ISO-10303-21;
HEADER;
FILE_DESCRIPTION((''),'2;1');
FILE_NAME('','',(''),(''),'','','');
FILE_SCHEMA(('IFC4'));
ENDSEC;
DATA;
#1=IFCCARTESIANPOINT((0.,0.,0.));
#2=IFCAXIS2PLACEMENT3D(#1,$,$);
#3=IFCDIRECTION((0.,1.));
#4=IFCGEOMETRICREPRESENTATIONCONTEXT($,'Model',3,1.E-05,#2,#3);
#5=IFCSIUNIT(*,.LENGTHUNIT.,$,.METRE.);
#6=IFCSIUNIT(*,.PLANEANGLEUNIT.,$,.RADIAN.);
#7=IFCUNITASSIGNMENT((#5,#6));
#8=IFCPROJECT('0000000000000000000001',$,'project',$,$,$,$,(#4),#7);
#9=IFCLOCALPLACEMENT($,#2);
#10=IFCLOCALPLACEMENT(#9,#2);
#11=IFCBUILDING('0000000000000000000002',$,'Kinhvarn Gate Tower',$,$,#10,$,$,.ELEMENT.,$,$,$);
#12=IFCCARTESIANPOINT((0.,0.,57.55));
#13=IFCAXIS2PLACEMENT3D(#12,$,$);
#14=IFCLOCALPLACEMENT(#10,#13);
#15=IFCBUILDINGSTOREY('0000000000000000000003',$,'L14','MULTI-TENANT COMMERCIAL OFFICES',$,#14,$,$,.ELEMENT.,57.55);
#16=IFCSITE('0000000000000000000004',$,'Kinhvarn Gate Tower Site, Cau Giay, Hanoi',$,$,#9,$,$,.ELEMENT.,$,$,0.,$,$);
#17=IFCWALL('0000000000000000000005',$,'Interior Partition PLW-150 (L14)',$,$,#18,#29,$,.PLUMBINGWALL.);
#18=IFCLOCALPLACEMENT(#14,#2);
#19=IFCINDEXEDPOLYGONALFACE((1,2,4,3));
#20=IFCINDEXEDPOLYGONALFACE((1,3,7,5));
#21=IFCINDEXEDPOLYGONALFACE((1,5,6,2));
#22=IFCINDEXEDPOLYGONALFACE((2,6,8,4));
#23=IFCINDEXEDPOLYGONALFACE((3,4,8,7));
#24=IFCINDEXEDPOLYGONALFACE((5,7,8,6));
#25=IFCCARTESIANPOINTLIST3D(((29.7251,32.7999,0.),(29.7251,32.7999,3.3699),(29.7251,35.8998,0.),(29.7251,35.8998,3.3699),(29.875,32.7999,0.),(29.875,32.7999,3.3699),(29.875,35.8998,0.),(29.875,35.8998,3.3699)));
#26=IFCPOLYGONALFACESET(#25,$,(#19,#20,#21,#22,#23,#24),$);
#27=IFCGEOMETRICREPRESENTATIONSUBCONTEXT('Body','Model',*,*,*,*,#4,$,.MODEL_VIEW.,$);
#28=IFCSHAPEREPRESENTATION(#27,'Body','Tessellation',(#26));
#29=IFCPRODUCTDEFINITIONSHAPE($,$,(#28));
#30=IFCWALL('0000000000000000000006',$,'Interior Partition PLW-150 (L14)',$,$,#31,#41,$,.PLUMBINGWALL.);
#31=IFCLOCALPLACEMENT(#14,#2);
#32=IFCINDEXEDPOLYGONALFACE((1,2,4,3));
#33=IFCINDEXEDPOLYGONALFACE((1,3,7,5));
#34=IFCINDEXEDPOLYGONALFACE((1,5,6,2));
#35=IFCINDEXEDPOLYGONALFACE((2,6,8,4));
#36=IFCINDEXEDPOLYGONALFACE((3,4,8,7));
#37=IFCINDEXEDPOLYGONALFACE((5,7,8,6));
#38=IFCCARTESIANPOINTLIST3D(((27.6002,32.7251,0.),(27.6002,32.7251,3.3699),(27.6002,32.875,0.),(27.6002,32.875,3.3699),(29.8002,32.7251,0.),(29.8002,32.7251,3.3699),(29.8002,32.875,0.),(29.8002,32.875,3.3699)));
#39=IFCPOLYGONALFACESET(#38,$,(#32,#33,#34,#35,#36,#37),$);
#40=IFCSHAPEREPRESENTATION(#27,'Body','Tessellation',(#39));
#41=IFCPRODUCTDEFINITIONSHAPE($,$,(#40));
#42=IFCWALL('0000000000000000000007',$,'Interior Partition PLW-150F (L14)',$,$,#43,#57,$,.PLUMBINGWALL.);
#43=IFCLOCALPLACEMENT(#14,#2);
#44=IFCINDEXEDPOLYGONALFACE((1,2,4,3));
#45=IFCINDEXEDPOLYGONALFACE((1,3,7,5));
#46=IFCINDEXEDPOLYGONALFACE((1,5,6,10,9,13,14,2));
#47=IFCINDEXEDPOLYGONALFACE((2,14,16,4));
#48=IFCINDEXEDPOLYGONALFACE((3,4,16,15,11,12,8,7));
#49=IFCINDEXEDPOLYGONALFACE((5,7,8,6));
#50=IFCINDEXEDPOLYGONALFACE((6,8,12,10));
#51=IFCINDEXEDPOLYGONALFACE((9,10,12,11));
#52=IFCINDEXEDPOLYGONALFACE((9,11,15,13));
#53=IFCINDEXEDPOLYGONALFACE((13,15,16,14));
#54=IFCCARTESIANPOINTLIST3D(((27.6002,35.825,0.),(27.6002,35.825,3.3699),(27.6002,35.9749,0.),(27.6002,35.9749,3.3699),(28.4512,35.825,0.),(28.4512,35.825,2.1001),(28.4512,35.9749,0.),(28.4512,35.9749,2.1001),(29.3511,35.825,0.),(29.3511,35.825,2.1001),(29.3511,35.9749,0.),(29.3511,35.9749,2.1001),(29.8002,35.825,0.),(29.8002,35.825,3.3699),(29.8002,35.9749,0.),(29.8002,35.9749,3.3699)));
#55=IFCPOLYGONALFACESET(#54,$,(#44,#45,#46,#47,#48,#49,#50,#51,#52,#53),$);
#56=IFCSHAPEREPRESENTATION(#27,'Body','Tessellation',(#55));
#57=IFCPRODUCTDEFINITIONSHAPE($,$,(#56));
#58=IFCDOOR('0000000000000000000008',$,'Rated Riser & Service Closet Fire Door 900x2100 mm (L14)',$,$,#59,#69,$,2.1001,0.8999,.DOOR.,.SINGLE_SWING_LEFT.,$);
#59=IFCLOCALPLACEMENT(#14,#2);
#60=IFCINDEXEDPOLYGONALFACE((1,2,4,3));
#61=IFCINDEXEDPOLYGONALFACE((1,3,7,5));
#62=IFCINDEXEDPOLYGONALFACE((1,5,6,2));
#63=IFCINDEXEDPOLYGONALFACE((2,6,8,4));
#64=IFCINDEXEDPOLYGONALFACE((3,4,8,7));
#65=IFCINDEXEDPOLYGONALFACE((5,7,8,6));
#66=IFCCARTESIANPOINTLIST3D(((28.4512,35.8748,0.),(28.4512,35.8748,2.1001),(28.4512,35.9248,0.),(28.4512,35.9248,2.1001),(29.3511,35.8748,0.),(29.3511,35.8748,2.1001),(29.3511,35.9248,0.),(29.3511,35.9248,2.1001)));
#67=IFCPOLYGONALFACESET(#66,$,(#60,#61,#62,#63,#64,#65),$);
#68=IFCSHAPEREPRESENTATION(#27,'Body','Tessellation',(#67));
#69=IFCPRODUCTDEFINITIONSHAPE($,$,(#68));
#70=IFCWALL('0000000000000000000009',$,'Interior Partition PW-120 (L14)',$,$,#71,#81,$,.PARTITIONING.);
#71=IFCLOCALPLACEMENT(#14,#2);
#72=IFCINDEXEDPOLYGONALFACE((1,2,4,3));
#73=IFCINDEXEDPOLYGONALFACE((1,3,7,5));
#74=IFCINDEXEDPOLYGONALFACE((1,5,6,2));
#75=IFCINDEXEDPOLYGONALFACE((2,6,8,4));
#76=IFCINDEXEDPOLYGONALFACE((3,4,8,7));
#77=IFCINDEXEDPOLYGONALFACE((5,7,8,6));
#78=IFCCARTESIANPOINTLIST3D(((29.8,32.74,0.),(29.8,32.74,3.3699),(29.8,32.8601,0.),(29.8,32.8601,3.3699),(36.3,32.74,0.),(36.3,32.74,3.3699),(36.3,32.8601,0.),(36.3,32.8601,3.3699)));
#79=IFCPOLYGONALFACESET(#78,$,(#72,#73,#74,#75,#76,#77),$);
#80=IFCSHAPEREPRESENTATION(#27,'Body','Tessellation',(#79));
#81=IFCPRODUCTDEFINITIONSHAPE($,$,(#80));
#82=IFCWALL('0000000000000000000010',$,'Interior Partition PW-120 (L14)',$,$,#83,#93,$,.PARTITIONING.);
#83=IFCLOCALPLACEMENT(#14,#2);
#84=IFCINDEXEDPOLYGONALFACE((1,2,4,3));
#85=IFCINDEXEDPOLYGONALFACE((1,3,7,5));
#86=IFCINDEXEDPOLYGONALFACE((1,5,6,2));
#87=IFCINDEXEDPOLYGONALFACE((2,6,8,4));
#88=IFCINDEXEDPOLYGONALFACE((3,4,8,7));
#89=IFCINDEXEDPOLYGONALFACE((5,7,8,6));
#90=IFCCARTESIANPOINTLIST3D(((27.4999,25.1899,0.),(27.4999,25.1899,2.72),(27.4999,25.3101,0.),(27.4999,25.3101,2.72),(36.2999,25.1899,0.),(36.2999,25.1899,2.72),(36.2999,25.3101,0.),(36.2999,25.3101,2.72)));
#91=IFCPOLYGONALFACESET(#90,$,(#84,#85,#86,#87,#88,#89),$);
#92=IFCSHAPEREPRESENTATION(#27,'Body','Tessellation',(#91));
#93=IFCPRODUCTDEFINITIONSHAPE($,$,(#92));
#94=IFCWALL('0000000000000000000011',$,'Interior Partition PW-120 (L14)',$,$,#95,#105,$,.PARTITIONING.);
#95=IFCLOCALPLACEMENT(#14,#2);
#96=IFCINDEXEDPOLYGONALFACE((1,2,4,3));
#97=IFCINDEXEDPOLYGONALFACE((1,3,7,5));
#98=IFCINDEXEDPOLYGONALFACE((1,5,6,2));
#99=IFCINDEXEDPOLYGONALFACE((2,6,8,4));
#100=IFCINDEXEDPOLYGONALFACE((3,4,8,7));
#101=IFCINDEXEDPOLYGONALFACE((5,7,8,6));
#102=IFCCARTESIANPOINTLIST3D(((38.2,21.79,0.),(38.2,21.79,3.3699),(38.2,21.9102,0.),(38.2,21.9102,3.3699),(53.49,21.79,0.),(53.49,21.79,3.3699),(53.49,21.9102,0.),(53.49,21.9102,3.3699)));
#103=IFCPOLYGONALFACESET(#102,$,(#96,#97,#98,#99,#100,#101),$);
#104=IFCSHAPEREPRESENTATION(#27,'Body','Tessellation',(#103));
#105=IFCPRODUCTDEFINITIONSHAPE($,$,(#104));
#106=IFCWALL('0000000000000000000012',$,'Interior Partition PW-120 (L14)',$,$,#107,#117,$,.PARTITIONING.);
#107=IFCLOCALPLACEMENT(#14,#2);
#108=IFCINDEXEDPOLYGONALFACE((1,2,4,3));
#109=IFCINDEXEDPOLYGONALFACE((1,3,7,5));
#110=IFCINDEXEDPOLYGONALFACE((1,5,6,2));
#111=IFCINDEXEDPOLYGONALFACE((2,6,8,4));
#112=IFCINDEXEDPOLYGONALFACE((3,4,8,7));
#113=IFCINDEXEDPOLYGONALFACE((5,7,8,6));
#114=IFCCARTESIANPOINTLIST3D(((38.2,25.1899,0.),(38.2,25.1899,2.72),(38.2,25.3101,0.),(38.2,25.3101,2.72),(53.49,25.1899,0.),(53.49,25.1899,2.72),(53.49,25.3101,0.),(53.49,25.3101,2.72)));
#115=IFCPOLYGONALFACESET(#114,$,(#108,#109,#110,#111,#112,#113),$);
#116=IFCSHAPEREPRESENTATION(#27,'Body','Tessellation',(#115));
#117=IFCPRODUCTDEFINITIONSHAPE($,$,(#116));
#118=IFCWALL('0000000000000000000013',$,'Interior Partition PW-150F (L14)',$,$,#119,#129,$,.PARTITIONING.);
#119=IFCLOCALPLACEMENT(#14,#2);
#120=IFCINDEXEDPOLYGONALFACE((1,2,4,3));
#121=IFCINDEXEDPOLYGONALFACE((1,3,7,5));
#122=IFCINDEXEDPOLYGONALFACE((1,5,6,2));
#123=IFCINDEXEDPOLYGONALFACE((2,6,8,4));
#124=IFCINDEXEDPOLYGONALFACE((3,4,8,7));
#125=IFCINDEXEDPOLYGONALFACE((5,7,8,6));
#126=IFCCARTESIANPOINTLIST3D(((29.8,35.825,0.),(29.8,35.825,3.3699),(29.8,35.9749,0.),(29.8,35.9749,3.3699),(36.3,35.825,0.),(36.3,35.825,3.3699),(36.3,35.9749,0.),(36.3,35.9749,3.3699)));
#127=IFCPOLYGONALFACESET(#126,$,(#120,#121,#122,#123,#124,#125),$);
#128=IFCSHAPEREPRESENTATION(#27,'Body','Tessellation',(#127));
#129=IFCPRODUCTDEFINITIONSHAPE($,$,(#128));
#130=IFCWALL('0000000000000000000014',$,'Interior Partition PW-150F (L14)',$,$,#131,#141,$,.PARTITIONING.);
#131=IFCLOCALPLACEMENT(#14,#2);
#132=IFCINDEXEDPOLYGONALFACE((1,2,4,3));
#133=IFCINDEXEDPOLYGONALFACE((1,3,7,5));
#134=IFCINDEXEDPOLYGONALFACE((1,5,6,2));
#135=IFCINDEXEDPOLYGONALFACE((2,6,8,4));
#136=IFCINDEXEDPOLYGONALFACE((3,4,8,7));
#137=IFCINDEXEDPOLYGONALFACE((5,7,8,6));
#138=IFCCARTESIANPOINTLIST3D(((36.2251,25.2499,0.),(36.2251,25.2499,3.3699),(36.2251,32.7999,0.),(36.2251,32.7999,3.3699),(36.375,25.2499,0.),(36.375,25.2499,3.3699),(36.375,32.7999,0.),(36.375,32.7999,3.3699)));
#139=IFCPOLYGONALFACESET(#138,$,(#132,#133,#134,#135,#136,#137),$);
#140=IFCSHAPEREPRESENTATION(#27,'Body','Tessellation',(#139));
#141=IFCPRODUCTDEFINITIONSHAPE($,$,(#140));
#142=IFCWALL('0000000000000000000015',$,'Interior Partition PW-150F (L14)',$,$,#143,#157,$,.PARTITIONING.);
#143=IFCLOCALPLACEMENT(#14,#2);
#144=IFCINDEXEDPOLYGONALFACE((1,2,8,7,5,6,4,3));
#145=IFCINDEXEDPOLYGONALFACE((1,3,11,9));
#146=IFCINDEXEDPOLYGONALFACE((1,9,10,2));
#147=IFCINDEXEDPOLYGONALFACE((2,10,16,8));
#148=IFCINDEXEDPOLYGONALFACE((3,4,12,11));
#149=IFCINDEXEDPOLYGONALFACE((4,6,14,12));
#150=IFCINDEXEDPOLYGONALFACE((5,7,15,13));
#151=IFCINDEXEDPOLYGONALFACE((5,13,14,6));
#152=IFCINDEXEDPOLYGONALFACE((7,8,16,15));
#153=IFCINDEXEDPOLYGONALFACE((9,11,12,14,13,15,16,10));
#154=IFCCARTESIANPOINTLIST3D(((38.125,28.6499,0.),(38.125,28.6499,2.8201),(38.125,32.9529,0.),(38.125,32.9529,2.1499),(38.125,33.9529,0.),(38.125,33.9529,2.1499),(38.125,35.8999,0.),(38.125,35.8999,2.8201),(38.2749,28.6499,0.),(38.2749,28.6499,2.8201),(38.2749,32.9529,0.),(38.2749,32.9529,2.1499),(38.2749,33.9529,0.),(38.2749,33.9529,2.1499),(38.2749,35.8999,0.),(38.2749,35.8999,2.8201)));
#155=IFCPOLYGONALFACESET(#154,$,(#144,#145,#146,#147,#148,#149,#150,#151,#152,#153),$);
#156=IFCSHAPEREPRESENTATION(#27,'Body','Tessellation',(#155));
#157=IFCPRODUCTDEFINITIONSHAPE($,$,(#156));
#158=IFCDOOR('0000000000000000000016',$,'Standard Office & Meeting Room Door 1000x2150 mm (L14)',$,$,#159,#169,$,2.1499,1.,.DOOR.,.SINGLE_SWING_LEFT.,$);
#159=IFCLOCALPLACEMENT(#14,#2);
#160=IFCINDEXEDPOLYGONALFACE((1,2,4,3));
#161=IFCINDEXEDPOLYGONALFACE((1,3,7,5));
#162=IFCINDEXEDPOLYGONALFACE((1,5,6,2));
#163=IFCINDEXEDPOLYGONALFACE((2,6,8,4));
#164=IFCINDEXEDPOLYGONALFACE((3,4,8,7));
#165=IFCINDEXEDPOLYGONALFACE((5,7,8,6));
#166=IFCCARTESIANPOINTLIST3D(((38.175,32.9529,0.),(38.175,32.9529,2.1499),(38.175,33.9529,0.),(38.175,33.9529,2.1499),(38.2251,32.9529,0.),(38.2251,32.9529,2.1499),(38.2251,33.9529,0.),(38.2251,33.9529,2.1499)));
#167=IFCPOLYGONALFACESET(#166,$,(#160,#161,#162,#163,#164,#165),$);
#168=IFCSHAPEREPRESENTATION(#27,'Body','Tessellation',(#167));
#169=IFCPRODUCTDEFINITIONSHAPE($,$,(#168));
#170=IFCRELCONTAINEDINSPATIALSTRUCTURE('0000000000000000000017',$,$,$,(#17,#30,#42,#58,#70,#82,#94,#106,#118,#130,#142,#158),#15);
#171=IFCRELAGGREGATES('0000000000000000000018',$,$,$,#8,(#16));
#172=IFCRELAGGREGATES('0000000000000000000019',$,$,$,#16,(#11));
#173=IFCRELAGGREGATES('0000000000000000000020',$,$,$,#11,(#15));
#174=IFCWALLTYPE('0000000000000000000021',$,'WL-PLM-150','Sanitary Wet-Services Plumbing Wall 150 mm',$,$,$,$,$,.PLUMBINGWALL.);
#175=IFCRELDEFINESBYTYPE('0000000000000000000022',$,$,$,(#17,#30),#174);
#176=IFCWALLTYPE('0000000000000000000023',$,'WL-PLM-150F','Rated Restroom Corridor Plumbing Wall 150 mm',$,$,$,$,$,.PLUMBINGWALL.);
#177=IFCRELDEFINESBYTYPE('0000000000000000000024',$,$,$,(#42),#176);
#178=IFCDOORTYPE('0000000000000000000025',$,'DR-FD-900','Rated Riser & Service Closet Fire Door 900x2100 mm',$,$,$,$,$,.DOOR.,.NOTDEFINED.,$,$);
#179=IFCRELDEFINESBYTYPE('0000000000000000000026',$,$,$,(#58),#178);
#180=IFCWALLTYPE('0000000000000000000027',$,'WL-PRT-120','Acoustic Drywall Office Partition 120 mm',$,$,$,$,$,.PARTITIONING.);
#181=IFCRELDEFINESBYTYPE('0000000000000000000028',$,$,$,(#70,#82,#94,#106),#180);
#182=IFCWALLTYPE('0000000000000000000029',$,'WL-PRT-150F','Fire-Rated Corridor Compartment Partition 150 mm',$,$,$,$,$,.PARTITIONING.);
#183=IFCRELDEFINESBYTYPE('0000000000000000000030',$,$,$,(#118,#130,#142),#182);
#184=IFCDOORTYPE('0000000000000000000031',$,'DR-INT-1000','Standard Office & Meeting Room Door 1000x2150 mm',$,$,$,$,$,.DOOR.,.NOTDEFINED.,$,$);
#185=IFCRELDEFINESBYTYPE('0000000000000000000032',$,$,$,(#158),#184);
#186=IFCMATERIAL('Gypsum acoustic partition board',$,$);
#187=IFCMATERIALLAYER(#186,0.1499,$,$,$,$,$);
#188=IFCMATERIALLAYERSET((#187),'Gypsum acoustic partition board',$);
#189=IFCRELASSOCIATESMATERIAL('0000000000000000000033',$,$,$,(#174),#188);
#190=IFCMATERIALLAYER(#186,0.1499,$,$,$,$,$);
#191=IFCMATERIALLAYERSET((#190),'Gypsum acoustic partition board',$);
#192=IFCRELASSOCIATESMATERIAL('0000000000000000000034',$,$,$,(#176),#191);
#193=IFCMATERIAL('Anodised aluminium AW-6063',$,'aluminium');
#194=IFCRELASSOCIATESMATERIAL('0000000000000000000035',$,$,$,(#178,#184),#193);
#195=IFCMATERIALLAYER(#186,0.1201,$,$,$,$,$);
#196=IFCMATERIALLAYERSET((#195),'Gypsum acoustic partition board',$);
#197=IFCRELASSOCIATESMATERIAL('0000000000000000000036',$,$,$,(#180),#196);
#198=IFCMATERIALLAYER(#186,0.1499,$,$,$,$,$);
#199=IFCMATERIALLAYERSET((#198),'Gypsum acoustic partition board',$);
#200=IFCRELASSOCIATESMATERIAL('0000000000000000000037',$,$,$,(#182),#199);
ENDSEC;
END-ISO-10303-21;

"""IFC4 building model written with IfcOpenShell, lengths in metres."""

from ifc_helpers import new_model, si_unit, direction, frame, frame_2d, origin, place, context, subcontext, project, spatial, rectangle, extrude, material, layer, layer_set, type_object, element, fill, save


model = new_model("IFC4")

# Units and contexts
model_context = context("Model", 3, precision=1e-05, world=origin(), true_north=direction((0.0, 1.0)))
body_context = subcontext(model_context, "Body", "Model", "MODEL_VIEW")
ifc_project = project(units=[si_unit("LENGTHUNIT", "METRE"), si_unit("PLANEANGLEUNIT", "RADIAN")], contexts=[model_context])

# Site, building, storey
site_placement = place(None, origin())
site = spatial("IfcSite", under=ifc_project, at=site_placement, Name="Kinhvarn Gate Tower Site, Cau Giay, Hanoi", CompositionType="ELEMENT", RefElevation=0.0)
building_placement = place(site_placement, origin())
building = spatial("IfcBuilding", under=site, at=building_placement, Name="Kinhvarn Gate Tower", CompositionType="ELEMENT")
storey_placement = place(building_placement, frame((0.0, 0.0, 57.55)))
storey = spatial("IfcBuildingStorey", under=building, at=storey_placement, Name="L14", Description="MULTI-TENANT COMMERCIAL OFFICES", CompositionType="ELEMENT", Elevation=57.55)

# Walls
ifc_material_1 = material(Name="Gypsum acoustic partition board")
ifc_layer_1 = layer(ifc_material_1, 0.1499)
ifc_layer_set_1 = layer_set([ifc_layer_1], Name="Gypsum acoustic partition board")
wall_type_1 = type_object("IfcWallType", Name="WL-PLM-150", Description="Sanitary Wet-Services Plumbing Wall 150 mm", PredefinedType="PLUMBINGWALL", material=ifc_layer_set_1)
for number, where, z_axis, x_axis, name in (
    (1, (29.8, 32.8, 0.0), (0.0, 0.0, 1.0), (0.0, 1.0, 0.0), "Interior Partition PLW-150 (L14)"),
):
    element("IfcWall", number, at=place(storey_placement, frame(where, z_axis=z_axis, x_axis=x_axis)), inside=storey, type_object=wall_type_1, Name=name, PredefinedType="PLUMBINGWALL", context=body_context, shape_type="SweptSolid", body=[
        extrude(rectangle(XDim=3.0999, YDim=0.1499, at=frame_2d((1.5498, 0.0))), origin(), (0.0, 0.0, 1.0), 3.3699),
    ])
wall_1_placement = place(storey_placement, frame((27.6001, 32.8, 0.0), z_axis=(0.0, 0.0, 1.0), x_axis=(1.0, 0.0, 0.0)))
element("IfcWall", 2, at=wall_1_placement, inside=storey, type_object=wall_type_1, Name="Interior Partition PLW-150 (L14)", PredefinedType="PLUMBINGWALL", context=body_context, shape_type="SweptSolid", body=[
    extrude(rectangle(XDim=2.2, YDim=0.1499, at=frame_2d((1.1001, 0.0))), origin(), (0.0, 0.0, 1.0), 3.3699),
])

# Wall, opening, door
ifc_layer_2 = layer(ifc_material_1, 0.1499)
ifc_layer_set_2 = layer_set([ifc_layer_2], Name="Gypsum acoustic partition board")
wall_type_2 = type_object("IfcWallType", Name="WL-PLM-150F", Description="Rated Restroom Corridor Plumbing Wall 150 mm", PredefinedType="PLUMBINGWALL", material=ifc_layer_set_2)
wall_2_placement = place(storey_placement, frame((27.6001, 35.8999, 0.0), z_axis=(0.0, 0.0, 1.0), x_axis=(1.0, 0.0, 0.0)))
wall_2 = element("IfcWall", 3, at=wall_2_placement, inside=storey, type_object=wall_type_2, Name="Interior Partition PLW-150F (L14)", PredefinedType="PLUMBINGWALL", context=body_context, shape_type="SweptSolid", body=[
    extrude(rectangle(XDim=2.2, YDim=0.1499, at=frame_2d((1.1001, 0.0))), origin(), (0.0, 0.0, 1.0), 3.3699),
])
opening_1_placement = place(wall_2_placement, frame((0.8511, 0.0, 0.0)))
opening_1 = element("IfcOpeningElement", 4, at=opening_1_placement, cuts=wall_2, PredefinedType="OPENING", context=body_context, shape_type="SweptSolid", body=[
    extrude(rectangle(XDim=0.8999, YDim=2.1001, at=frame_2d((0.45, 1.05))), frame((0.0, 0.085, 0.0), z_axis=(0.0, -1.0, 0.0), x_axis=(1.0, 0.0, 0.0)), (0.0, 0.0, 1.0), 0.1699),
])
ifc_material_2 = material(Name="Anodised aluminium AW-6063", Category="aluminium")
door_type_1 = type_object("IfcDoorType", Name="DR-FD-900", Description="Rated Riser & Service Closet Fire Door 900x2100 mm", OperationType="NOTDEFINED", PredefinedType="DOOR", material=ifc_material_2)
door_1_placement = place(opening_1_placement, origin())
door_1 = element("IfcDoor", 5, at=door_1_placement, inside=storey, type_object=door_type_1, Name="Rated Riser & Service Closet Fire Door 900x2100 mm (L14)", OperationType="SINGLE_SWING_LEFT", OverallHeight=2.1001, OverallWidth=0.8999, PredefinedType="DOOR", context=body_context, shape_type="SweptSolid", body=[
    extrude(rectangle(XDim=0.8999, YDim=2.1001, at=frame_2d((0.45, 1.05))), frame((0.0, 0.0249, 0.0), z_axis=(0.0, -1.0, 0.0), x_axis=(1.0, 0.0, 0.0)), (0.0, 0.0, 1.0), 0.05),
])
fill(opening_1, door_1)

# Walls
ifc_layer_3 = layer(ifc_material_1, 0.1201)
ifc_layer_set_3 = layer_set([ifc_layer_3], Name="Gypsum acoustic partition board")
wall_type_3 = type_object("IfcWallType", Name="WL-PRT-120", Description="Acoustic Drywall Office Partition 120 mm", PredefinedType="PARTITIONING", material=ifc_layer_set_3)
wall_3_placement = place(storey_placement, frame((29.8, 32.8, 0.0), z_axis=(0.0, 0.0, 1.0), x_axis=(1.0, 0.0, 0.0)))
element("IfcWall", 6, at=wall_3_placement, inside=storey, type_object=wall_type_3, Name="Interior Partition PW-120 (L14)", PredefinedType="PARTITIONING", context=body_context, shape_type="SweptSolid", body=[
    extrude(rectangle(XDim=6.5, YDim=0.1201, at=frame_2d((3.25, 0.0))), origin(), (0.0, 0.0, 1.0), 3.3699),
])
wall_4_placement = place(storey_placement, frame((27.5, 25.25, 0.0), z_axis=(0.0, 0.0, 1.0), x_axis=(1.0, 0.0, 0.0)))
element("IfcWall", 7, at=wall_4_placement, inside=storey, type_object=wall_type_3, Name="Interior Partition PW-120 (L14)", PredefinedType="PARTITIONING", context=body_context, shape_type="SweptSolid", body=[
    extrude(rectangle(XDim=8.8, YDim=0.1201, at=frame_2d((4.3999, 0.0))), origin(), (0.0, 0.0, 1.0), 2.72),
])
wall_5_placement = place(storey_placement, frame((38.2, 21.8501, 0.0), z_axis=(0.0, 0.0, 1.0), x_axis=(1.0, 0.0, 0.0)))
element("IfcWall", 8, at=wall_5_placement, inside=storey, type_object=wall_type_3, Name="Interior Partition PW-120 (L14)", PredefinedType="PARTITIONING", context=body_context, shape_type="SweptSolid", body=[
    extrude(rectangle(XDim=15.29, YDim=0.1201, at=frame_2d((7.645, 0.0))), origin(), (0.0, 0.0, 1.0), 3.3699),
])
wall_6_placement = place(storey_placement, frame((38.2, 25.25, 0.0), z_axis=(0.0, 0.0, 1.0), x_axis=(1.0, 0.0, 0.0)))
element("IfcWall", 9, at=wall_6_placement, inside=storey, type_object=wall_type_3, Name="Interior Partition PW-120 (L14)", PredefinedType="PARTITIONING", context=body_context, shape_type="SweptSolid", body=[
    extrude(rectangle(XDim=15.29, YDim=0.1201, at=frame_2d((7.645, 0.0))), origin(), (0.0, 0.0, 1.0), 2.72),
])
ifc_layer_4 = layer(ifc_material_1, 0.1499)
ifc_layer_set_4 = layer_set([ifc_layer_4], Name="Gypsum acoustic partition board")
wall_type_4 = type_object("IfcWallType", Name="WL-PRT-150F", Description="Fire-Rated Corridor Compartment Partition 150 mm", PredefinedType="PARTITIONING", material=ifc_layer_set_4)
wall_7_placement = place(storey_placement, frame((29.8, 35.8999, 0.0), z_axis=(0.0, 0.0, 1.0), x_axis=(1.0, 0.0, 0.0)))
element("IfcWall", 10, at=wall_7_placement, inside=storey, type_object=wall_type_4, Name="Interior Partition PW-150F (L14)", PredefinedType="PARTITIONING", context=body_context, shape_type="SweptSolid", body=[
    extrude(rectangle(XDim=6.5, YDim=0.1499, at=frame_2d((3.25, 0.0))), origin(), (0.0, 0.0, 1.0), 3.3699),
])

# Shared definitions
door_type_2 = type_object("IfcDoorType", Name="DR-INT-1000", Description="Standard Office & Meeting Room Door 1000x2150 mm", OperationType="NOTDEFINED", PredefinedType="DOOR", material=ifc_material_2)

# Wall
wall_8_placement = place(storey_placement, frame((36.3, 25.25, 0.0), z_axis=(0.0, 0.0, 1.0), x_axis=(0.0, 1.0, 0.0)))
element("IfcWall", 11, at=wall_8_placement, inside=storey, type_object=wall_type_4, Name="Interior Partition PW-150F (L14)", PredefinedType="PARTITIONING", context=body_context, shape_type="SweptSolid", body=[
    extrude(rectangle(XDim=7.55, YDim=0.1499, at=frame_2d((3.7749, 0.0))), origin(), (0.0, 0.0, 1.0), 3.3699),
])

# Wall, opening, door
wall_9_placement = place(storey_placement, frame((38.2, 28.6499, 0.0), z_axis=(0.0, 0.0, 1.0), x_axis=(0.0, 1.0, 0.0)))
wall_9 = element("IfcWall", 12, at=wall_9_placement, inside=storey, type_object=wall_type_4, Name="Interior Partition PW-150F (L14)", PredefinedType="PARTITIONING", context=body_context, shape_type="SweptSolid", body=[
    extrude(rectangle(XDim=7.25, YDim=0.1499, at=frame_2d((3.625, 0.0))), origin(), (0.0, 0.0, 1.0), 2.8201),
])
opening_2_placement = place(wall_9_placement, frame((4.303, 0.0, 0.0)))
opening_2 = element("IfcOpeningElement", 13, at=opening_2_placement, cuts=wall_9, PredefinedType="OPENING", context=body_context, shape_type="SweptSolid", body=[
    extrude(rectangle(XDim=1.0, YDim=2.1499, at=frame_2d((0.5, 1.075))), frame((0.0, 0.085, 0.0), z_axis=(0.0, -1.0, 0.0), x_axis=(1.0, 0.0, 0.0)), (0.0, 0.0, 1.0), 0.1699),
])
door_2_placement = place(opening_2_placement, origin())
door_2 = element("IfcDoor", 14, at=door_2_placement, inside=storey, type_object=door_type_2, Name="Standard Office & Meeting Room Door 1000x2150 mm (L14)", OperationType="SINGLE_SWING_LEFT", OverallHeight=2.1499, OverallWidth=1.0, PredefinedType="DOOR", context=body_context, shape_type="SweptSolid", body=[
    extrude(rectangle(XDim=1.0, YDim=2.1499, at=frame_2d((0.5, 1.075))), frame((0.0, 0.0249, 0.0), z_axis=(0.0, -1.0, 0.0), x_axis=(1.0, 0.0, 0.0)), (0.0, 0.0, 1.0), 0.05),
])
fill(opening_2, door_2)

save(model, "model.ifc")
